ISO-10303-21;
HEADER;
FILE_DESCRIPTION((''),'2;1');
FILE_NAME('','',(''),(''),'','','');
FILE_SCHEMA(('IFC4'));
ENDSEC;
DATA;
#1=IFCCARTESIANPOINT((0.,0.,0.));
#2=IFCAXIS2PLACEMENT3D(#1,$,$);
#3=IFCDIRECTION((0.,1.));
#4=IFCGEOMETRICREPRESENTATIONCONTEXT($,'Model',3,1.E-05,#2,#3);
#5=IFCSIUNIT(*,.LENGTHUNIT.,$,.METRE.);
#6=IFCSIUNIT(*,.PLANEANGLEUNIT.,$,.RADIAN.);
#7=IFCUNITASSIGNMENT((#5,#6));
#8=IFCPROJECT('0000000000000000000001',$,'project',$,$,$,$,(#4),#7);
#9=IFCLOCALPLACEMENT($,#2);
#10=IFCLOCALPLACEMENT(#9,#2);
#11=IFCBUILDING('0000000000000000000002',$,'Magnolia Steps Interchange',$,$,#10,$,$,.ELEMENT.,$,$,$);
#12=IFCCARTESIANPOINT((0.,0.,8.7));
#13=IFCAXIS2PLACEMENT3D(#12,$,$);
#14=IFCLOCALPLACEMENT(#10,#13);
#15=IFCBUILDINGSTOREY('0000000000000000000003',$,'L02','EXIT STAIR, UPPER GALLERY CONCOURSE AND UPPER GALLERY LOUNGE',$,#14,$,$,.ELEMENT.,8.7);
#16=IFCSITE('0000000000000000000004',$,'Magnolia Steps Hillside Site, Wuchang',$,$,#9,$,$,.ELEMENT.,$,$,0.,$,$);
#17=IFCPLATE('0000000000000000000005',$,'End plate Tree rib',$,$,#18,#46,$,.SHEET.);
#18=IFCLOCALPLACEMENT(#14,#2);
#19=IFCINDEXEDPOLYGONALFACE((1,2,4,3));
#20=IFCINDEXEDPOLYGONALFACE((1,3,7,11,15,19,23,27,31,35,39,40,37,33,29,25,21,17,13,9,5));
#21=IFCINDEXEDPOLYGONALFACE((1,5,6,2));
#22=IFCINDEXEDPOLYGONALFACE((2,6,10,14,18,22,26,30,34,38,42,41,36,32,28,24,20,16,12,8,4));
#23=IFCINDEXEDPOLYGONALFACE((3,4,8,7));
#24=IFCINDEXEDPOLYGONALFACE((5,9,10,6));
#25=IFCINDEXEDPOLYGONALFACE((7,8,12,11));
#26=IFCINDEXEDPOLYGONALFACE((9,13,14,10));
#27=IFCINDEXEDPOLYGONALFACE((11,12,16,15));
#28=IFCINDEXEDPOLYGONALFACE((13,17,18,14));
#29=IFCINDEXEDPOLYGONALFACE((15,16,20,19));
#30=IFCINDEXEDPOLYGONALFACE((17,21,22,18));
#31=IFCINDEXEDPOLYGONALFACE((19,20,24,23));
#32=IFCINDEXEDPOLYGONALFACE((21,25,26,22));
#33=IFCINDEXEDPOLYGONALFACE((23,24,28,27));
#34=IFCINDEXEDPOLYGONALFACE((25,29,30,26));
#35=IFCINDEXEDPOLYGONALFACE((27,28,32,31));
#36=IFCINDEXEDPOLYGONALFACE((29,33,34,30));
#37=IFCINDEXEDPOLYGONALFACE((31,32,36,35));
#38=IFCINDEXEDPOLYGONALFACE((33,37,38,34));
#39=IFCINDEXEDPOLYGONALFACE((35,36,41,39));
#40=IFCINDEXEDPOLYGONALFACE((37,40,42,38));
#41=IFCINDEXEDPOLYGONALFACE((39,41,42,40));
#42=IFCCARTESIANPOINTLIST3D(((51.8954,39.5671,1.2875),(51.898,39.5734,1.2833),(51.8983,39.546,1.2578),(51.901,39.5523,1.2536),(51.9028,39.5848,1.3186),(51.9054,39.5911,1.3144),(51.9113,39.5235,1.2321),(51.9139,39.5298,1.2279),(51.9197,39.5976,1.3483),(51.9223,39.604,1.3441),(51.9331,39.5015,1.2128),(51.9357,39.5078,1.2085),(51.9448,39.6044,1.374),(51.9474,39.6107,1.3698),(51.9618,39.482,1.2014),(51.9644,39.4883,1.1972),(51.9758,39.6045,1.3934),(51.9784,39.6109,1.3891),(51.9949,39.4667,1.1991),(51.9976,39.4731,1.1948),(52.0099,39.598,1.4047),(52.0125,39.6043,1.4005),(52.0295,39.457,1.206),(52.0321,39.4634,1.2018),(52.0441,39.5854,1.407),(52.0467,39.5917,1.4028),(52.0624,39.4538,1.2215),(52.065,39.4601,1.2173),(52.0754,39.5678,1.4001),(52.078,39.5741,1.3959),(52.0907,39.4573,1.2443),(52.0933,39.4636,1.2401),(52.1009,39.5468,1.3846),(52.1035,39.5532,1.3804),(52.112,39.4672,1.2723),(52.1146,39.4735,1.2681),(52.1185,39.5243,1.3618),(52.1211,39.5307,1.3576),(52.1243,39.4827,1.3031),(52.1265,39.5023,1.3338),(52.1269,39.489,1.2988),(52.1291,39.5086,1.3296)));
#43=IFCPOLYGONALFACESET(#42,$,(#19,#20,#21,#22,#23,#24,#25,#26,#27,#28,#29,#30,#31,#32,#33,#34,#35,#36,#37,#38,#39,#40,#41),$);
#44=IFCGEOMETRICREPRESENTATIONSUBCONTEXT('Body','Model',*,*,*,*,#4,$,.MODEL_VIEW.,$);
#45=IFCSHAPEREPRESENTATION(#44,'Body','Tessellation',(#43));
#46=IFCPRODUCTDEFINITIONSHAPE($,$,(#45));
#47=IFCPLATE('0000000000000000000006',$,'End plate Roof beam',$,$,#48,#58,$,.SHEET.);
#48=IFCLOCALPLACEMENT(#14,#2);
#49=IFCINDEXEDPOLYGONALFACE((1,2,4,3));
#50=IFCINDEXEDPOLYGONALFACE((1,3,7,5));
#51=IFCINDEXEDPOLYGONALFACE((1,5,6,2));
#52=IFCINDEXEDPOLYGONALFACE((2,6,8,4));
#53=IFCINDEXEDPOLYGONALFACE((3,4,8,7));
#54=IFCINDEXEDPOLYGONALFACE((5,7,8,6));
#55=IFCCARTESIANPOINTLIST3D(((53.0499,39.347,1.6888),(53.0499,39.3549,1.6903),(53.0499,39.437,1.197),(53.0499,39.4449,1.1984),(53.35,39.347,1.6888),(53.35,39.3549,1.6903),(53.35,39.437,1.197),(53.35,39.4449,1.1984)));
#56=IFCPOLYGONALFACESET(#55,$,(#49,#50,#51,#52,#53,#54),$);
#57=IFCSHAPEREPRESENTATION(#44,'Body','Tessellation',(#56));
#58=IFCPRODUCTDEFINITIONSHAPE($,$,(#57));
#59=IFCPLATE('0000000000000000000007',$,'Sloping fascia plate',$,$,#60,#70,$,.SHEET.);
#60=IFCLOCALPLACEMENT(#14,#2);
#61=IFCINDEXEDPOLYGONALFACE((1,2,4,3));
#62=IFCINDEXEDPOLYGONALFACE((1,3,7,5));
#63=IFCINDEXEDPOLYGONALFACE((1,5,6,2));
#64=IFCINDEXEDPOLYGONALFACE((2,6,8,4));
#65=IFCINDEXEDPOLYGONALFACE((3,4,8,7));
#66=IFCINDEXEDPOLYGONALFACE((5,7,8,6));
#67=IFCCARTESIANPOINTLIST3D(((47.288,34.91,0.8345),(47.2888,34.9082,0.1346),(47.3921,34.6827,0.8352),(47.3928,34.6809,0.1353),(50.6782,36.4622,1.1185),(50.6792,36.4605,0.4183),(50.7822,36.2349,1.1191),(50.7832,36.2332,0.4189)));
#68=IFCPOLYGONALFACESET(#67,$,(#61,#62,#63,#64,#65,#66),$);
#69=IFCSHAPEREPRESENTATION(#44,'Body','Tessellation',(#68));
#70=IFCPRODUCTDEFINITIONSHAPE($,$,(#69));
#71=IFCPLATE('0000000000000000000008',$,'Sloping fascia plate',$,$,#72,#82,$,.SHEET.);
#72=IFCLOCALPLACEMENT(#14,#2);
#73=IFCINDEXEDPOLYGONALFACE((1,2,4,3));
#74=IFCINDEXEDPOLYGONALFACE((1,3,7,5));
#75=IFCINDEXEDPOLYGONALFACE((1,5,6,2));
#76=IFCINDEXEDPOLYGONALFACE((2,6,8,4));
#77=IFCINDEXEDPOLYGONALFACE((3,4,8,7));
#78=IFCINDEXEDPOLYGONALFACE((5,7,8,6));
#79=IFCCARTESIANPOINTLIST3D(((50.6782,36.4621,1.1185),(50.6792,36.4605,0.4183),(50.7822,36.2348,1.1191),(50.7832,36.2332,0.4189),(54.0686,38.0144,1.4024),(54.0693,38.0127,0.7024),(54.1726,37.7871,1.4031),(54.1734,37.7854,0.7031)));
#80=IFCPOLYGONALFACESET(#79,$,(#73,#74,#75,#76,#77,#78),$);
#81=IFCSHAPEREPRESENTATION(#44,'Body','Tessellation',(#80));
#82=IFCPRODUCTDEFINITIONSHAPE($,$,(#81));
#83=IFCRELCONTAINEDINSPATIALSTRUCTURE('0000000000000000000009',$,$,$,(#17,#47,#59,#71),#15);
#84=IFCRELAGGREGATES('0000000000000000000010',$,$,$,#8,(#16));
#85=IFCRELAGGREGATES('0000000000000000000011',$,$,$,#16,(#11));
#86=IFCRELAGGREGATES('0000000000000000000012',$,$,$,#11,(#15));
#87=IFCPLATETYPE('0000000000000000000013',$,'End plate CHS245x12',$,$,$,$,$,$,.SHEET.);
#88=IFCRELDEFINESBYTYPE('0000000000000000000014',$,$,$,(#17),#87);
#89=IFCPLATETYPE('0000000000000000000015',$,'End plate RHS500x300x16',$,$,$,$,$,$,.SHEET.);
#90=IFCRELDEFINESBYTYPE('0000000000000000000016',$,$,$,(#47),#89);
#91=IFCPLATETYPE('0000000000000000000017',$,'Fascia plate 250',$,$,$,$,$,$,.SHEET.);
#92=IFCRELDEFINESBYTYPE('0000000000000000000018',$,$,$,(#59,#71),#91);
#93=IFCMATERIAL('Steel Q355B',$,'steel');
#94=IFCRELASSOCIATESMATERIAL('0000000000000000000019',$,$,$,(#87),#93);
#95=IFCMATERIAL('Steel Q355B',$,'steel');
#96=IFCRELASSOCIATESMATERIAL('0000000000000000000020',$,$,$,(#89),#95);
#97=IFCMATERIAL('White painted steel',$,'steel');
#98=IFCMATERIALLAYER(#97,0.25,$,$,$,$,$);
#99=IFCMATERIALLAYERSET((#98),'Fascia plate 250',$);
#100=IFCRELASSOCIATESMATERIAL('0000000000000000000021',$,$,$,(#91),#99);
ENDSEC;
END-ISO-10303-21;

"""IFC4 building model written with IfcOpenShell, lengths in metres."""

from ifc_helpers import new_model, si_unit, direction, frame, origin, origin_2d, place, context, subcontext, project, spatial, polyline, rectangle, circle, outline, extrude, material, layer, layer_set, material_profile, profile_set, type_object, element, save


model = new_model("IFC4")

# Units and contexts
model_context = context("Model", 3, precision=1e-05, world=origin(), true_north=direction((0.0, 1.0)))
body_context = subcontext(model_context, "Body", "Model", "MODEL_VIEW")
ifc_project = project(units=[si_unit("LENGTHUNIT", "METRE"), si_unit("PLANEANGLEUNIT", "RADIAN")], contexts=[model_context])

# Site, building, storey
site_placement = place(None, origin())
site = spatial("IfcSite", under=ifc_project, at=site_placement, Name="Magnolia Steps Hillside Site, Wuchang", CompositionType="ELEMENT", RefElevation=0.0)
building_placement = place(site_placement, origin())
building = spatial("IfcBuilding", under=site, at=building_placement, Name="Magnolia Steps Interchange", CompositionType="ELEMENT")
storey_placement = place(building_placement, frame((0.0, 0.0, 8.7)))
storey = spatial("IfcBuildingStorey", under=building, at=storey_placement, Name="L02", Description="EXIT STAIR, UPPER GALLERY CONCOURSE AND UPPER GALLERY LOUNGE", CompositionType="ELEMENT", Elevation=8.7)

# Plates
ifc_material_1 = material(Name="Steel Q355B", Category="steel")
ifc_material_profile_1 = material_profile(ifc_material_1, circle(Radius=0.1226, at=origin_2d()), Name="End plate CHS245x12")
ifc_profile_set_1 = profile_set([ifc_material_profile_1], Name="Steel Q355B")
plate_type_1 = type_object("IfcPlateType", Name="End plate CHS245x12", PredefinedType="SHEET", material=ifc_profile_set_1)
for number, where, z_axis, x_axis, name in (
    (1, (52.0137, 39.5359, 1.2988), (-0.325598, -0.786063, 0.525444), (0.92388, -0.382683, 0.0), "End plate Tree rib"),
):
    element("IfcPlate", number, at=place(storey_placement, frame(where, z_axis=z_axis, x_axis=x_axis)), inside=storey, type_object=plate_type_1, Name=name, PredefinedType="SHEET", context=body_context, shape_type="SweptSolid", body=[
        extrude(circle(Radius=0.1226, at=origin_2d()), origin(), (0.0, 0.0, 1.0), 0.0081),
    ])
ifc_material_2 = material(Name="Steel Q355B", Category="steel")
ifc_material_profile_2 = material_profile(ifc_material_2, rectangle(XDim=0.3, YDim=0.5, at=origin_2d()), Name="End plate RHS500x300x16")
ifc_profile_set_2 = profile_set([ifc_material_profile_2], Name="Steel Q355B")
plate_type_2 = type_object("IfcPlateType", Name="End plate RHS500x300x16", PredefinedType="SHEET", material=ifc_profile_set_2)
plate_1_placement = place(storey_placement, frame((53.2, 39.3999, 1.4443), z_axis=(0.0, -0.98368, -0.179927), x_axis=(1.0, 0.0, 0.0)))
element("IfcPlate", 2, at=plate_1_placement, inside=storey, type_object=plate_type_2, Name="End plate Roof beam", PredefinedType="SHEET", context=body_context, shape_type="SweptSolid", body=[
    extrude(rectangle(XDim=0.3, YDim=0.5, at=origin_2d()), origin(), (0.0, 0.0, 1.0), 0.0081),
])
ifc_material_3 = material(Name="White painted steel", Category="steel")
ifc_layer_1 = layer(ifc_material_3, 0.25)
ifc_layer_set_1 = layer_set([ifc_layer_1], Name="Fascia plate 250")
plate_type_3 = type_object("IfcPlateType", Name="Fascia plate 250", PredefinedType="SHEET", material=ifc_layer_set_1)
plate_2_placement = place(storey_placement, frame((47.3928, 34.6809, 0.1353), z_axis=(0.416105, -0.909313, 0.002728), x_axis=(0.90661, 0.415095, 0.075861)))
element("IfcPlate", 3, at=plate_2_placement, inside=storey, type_object=plate_type_3, Name="Sloping fascia plate", PredefinedType="SHEET", context=body_context, shape_type="SweptSolid", body=[
    extrude(outline(polyline([(0.0, 0.0), (3.7396, 0.0), (3.7925, 0.6982), (0.0531, 0.6979), (0.0, 0.0)])), origin(), (0.0, 0.0, -1.0), 0.25),
])
plate_3_placement = place(storey_placement, frame((50.7832, 36.2332, 0.4189), z_axis=(0.416105, -0.909313, 0.002728), x_axis=(0.9066, 0.415091, 0.075996)))
element("IfcPlate", 4, at=plate_3_placement, inside=storey, type_object=plate_type_3, Name="Sloping fascia plate", PredefinedType="SHEET", context=body_context, shape_type="SweptSolid", body=[
    extrude(outline(polyline([(0.0, 0.0), (3.7394, 0.0), (3.7927, 0.6979), (0.053, 0.6982), (0.0, 0.0)])), origin(), (0.0, 0.0, -1.0), 0.25),
])

save(model, "model.ifc")
